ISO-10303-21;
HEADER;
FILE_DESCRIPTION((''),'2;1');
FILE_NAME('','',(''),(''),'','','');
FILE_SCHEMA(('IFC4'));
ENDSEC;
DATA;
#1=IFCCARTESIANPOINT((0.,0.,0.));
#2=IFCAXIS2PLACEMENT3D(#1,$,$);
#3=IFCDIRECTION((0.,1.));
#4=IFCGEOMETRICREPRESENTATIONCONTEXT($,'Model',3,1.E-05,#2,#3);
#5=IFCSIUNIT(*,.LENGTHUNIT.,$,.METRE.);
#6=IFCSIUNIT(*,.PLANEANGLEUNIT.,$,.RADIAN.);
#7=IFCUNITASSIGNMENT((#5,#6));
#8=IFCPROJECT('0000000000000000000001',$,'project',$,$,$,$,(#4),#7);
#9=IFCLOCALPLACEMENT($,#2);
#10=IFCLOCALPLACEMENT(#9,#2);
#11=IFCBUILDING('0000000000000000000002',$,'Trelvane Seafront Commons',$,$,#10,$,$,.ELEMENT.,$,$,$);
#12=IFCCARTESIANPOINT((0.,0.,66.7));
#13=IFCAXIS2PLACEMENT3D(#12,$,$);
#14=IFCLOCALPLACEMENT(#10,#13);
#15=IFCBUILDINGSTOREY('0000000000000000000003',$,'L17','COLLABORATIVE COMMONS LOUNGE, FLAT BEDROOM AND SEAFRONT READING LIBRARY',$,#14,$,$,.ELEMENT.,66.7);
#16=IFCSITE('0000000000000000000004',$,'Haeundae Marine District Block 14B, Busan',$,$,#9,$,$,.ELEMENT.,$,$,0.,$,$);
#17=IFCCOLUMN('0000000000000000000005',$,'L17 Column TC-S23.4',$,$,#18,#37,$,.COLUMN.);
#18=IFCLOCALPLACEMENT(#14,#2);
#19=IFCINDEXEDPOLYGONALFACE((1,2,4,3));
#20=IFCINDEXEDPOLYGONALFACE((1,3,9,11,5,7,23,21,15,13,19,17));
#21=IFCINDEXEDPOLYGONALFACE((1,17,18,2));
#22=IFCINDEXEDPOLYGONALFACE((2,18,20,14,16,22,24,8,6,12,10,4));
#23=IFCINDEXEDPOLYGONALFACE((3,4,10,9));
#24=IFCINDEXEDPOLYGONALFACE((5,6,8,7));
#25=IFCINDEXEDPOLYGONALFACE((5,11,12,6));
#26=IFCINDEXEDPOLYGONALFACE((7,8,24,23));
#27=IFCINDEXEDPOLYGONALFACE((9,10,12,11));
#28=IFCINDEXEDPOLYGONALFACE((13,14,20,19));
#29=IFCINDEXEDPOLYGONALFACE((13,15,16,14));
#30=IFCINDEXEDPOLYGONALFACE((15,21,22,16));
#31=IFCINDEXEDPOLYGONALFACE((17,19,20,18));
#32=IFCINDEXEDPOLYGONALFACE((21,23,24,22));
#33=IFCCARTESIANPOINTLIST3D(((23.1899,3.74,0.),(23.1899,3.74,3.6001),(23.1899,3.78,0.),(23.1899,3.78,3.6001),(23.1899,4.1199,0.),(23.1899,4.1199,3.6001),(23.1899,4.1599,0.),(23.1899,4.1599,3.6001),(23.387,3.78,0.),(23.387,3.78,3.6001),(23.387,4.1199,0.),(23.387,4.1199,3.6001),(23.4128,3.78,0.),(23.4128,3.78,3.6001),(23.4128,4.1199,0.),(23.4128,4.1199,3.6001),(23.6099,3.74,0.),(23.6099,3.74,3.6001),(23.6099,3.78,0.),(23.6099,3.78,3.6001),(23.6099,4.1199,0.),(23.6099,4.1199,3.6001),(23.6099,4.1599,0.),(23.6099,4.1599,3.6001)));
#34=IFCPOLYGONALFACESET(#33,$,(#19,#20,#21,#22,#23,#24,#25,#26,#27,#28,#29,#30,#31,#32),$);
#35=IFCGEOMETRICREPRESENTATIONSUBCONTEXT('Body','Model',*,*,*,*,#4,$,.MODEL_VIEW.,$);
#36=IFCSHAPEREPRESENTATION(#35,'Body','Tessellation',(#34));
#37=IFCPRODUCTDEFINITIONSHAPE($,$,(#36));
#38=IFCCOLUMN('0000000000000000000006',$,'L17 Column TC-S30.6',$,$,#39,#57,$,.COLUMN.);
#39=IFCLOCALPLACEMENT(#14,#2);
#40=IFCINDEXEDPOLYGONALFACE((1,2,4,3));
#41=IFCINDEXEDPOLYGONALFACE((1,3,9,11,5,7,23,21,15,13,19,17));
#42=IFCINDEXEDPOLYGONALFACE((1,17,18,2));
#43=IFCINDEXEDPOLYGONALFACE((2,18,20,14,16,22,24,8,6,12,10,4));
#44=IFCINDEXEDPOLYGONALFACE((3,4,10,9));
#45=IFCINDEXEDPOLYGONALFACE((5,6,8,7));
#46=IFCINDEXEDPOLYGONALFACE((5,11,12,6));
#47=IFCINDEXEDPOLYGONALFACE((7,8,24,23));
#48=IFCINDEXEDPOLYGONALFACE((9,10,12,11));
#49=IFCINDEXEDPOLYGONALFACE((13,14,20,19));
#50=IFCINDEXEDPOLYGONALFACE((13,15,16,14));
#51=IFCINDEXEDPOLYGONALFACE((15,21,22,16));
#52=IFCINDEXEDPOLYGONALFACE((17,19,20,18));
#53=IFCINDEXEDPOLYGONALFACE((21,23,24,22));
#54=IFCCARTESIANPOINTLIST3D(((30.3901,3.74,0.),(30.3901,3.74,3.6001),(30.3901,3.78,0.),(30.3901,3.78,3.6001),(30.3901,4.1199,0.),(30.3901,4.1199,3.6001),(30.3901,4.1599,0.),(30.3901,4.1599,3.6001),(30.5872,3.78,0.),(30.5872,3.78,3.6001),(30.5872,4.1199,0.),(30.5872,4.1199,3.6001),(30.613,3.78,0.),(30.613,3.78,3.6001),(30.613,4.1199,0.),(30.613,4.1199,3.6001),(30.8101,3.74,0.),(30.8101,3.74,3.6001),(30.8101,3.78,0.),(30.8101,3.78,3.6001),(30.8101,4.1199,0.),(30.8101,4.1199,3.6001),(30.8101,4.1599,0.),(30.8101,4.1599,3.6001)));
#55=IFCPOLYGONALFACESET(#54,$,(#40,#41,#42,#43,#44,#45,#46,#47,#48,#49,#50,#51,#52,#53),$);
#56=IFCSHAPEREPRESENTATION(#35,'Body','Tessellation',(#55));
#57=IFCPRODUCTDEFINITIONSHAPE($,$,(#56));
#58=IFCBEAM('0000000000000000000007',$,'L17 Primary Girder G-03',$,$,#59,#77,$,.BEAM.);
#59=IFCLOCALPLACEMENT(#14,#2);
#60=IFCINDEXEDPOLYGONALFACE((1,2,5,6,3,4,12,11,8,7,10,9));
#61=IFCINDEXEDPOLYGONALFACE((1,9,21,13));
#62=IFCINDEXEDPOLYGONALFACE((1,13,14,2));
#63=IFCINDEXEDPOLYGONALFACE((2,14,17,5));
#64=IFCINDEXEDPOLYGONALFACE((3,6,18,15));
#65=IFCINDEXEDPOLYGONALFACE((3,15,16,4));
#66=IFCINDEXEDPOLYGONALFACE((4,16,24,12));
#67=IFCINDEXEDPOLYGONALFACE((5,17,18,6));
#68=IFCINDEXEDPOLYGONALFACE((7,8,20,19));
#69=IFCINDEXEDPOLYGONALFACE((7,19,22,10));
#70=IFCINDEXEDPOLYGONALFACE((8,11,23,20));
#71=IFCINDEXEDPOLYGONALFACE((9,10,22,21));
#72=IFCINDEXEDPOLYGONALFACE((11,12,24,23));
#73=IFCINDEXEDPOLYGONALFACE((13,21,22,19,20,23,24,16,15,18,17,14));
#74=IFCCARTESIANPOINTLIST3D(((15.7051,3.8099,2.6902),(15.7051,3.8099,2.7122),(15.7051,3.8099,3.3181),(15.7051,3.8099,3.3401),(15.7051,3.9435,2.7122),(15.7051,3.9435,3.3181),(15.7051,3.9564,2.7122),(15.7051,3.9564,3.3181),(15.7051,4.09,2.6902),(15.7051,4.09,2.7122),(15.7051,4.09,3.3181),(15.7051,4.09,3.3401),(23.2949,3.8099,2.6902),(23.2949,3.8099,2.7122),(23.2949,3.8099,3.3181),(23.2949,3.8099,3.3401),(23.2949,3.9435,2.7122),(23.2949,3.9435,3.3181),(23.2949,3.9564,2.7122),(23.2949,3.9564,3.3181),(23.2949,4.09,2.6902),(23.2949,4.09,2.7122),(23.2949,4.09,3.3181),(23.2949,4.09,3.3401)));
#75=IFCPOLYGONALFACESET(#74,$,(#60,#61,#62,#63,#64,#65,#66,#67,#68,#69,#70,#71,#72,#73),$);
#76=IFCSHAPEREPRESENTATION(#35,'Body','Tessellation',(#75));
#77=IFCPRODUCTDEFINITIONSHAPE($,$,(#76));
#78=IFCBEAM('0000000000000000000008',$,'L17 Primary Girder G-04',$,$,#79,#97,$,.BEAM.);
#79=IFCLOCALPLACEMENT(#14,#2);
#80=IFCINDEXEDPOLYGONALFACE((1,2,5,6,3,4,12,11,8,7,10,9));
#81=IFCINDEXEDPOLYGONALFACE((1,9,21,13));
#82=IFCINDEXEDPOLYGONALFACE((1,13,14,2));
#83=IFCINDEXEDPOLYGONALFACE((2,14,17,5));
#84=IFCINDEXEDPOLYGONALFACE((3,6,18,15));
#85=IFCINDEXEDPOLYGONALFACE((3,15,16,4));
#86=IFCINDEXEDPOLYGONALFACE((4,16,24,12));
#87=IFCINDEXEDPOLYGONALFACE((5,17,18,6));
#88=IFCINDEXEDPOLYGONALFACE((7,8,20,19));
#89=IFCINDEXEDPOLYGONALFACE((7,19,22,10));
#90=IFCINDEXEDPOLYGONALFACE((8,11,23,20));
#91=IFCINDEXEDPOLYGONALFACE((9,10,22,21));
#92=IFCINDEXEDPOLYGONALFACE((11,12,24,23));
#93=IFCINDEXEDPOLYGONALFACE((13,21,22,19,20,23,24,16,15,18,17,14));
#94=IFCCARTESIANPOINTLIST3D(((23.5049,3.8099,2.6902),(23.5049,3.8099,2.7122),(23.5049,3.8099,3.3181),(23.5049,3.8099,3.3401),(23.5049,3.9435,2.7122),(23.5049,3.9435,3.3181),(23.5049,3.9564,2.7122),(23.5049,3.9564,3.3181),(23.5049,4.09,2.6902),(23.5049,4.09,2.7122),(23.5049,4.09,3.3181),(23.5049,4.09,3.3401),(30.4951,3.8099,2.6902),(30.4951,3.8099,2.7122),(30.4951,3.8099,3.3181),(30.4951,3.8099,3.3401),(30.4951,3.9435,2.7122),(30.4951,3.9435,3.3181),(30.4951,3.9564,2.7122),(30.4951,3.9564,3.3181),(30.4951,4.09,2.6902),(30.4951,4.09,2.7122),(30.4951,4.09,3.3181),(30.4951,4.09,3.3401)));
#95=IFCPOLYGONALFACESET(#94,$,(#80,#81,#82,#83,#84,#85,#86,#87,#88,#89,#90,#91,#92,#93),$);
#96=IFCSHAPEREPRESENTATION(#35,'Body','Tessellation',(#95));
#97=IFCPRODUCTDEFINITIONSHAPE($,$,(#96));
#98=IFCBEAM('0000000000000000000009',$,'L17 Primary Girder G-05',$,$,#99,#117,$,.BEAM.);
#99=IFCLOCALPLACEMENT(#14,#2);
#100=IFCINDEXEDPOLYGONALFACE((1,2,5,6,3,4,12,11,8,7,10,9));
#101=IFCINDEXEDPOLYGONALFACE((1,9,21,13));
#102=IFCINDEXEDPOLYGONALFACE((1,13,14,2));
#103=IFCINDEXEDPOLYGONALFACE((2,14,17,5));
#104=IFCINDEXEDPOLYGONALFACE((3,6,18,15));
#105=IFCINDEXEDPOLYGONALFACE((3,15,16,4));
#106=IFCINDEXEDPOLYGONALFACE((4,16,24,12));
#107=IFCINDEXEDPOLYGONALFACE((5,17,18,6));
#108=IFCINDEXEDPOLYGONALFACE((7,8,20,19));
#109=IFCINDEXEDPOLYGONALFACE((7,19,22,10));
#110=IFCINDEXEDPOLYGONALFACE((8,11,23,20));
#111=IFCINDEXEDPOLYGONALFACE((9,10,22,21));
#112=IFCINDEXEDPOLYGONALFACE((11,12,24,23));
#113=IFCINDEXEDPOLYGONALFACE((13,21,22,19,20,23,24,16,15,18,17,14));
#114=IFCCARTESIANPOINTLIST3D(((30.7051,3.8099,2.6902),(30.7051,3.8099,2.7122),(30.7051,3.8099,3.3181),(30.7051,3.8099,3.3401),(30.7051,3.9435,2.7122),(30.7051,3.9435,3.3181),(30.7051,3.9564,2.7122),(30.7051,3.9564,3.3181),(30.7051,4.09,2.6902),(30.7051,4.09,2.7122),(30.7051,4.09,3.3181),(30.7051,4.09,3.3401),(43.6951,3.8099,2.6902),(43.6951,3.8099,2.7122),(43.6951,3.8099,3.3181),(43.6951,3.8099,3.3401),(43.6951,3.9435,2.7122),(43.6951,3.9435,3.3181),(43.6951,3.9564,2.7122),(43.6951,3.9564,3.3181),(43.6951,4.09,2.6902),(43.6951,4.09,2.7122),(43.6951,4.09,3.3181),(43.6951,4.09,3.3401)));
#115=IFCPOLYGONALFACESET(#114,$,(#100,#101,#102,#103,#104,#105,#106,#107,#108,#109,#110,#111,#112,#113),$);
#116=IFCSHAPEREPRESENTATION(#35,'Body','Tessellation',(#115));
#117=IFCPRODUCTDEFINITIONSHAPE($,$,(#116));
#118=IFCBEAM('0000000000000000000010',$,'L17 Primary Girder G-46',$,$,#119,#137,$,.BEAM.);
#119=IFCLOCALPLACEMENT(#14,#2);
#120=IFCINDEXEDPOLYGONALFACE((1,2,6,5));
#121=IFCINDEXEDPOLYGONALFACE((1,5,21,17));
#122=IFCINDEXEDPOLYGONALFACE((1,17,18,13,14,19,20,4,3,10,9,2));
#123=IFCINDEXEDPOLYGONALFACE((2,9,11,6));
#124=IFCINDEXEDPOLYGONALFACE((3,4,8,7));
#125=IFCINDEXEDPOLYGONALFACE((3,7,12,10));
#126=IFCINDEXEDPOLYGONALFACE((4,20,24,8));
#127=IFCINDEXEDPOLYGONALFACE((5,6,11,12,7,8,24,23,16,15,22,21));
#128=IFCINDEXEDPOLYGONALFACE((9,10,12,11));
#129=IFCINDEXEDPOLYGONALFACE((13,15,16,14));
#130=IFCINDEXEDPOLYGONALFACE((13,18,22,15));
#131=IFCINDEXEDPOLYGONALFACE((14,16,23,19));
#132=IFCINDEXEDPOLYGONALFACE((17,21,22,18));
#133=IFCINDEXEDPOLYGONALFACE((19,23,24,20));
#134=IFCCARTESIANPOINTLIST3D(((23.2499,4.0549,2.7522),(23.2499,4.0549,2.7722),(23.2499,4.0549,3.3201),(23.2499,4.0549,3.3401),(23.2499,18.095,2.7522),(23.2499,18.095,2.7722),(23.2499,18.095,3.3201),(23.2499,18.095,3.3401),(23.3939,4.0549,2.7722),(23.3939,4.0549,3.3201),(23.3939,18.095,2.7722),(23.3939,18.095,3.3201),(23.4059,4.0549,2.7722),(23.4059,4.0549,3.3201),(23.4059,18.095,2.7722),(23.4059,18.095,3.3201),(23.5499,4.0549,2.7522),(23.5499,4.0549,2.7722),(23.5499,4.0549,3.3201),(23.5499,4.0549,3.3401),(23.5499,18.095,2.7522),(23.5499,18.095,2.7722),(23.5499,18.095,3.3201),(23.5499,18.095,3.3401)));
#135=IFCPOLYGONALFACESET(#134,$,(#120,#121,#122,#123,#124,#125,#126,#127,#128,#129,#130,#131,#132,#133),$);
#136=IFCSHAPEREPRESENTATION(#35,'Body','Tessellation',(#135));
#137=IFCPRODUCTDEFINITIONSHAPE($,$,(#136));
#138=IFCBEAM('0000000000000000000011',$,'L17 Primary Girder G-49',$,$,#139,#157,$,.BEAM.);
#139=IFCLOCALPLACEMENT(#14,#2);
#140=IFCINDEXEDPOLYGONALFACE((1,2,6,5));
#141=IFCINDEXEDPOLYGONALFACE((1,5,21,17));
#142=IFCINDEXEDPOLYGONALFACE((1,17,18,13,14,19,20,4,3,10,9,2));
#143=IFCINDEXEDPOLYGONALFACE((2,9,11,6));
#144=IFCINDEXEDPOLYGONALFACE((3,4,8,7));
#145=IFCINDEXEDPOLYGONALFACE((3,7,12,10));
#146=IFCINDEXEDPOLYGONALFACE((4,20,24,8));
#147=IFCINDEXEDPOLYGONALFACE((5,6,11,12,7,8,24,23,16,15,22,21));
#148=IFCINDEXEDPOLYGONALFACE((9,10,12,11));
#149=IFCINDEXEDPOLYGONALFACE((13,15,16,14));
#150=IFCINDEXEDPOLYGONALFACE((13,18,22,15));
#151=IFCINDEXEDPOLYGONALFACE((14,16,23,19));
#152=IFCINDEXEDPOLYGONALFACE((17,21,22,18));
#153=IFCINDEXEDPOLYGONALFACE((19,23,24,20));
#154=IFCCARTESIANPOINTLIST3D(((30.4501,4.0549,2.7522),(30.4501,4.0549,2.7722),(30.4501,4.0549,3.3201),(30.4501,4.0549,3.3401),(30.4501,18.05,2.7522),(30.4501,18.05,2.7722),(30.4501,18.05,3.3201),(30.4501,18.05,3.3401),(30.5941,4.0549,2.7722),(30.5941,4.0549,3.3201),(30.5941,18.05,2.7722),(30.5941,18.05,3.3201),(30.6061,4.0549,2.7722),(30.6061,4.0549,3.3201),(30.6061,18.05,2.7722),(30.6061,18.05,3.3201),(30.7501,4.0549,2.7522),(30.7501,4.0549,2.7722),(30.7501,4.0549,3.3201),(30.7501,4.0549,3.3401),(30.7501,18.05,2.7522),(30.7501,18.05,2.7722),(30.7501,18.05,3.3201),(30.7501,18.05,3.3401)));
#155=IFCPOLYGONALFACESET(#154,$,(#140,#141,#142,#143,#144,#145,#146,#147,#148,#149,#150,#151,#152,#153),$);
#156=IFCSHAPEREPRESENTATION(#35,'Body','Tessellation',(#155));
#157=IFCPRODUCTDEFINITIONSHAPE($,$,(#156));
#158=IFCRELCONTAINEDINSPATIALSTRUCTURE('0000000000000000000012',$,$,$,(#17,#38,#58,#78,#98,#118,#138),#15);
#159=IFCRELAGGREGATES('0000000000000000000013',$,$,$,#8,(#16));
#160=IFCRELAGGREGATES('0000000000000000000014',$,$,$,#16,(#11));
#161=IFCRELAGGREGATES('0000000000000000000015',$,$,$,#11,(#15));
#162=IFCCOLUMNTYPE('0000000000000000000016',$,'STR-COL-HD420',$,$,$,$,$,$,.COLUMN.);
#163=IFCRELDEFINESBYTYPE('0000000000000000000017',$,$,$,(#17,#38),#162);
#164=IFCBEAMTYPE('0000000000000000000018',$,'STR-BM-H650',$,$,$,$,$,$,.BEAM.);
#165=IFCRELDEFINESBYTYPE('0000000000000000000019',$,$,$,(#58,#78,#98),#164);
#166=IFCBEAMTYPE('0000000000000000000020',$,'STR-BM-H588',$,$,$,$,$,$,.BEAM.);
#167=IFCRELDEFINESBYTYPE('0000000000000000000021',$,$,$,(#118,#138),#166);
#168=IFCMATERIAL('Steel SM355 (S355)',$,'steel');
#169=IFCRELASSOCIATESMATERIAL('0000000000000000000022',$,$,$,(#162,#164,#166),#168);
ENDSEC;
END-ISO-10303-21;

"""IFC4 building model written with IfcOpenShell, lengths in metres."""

from ifc_helpers import new_model, si_unit, direction, frame, origin, origin_2d, place, context, subcontext, project, spatial, i_section, extrude, source, transform, mapped, material, material_profile, profile_set, type_object, element, save


model = new_model("IFC4")

# Units and contexts
model_context = context("Model", 3, precision=1e-05, world=origin(), true_north=direction((0.0, 1.0)))
body_context = subcontext(model_context, "Body", "Model", "MODEL_VIEW")
ifc_project = project(units=[si_unit("LENGTHUNIT", "METRE"), si_unit("PLANEANGLEUNIT", "RADIAN")], contexts=[model_context])

# Site, building, storey
site_placement = place(None, origin())
site = spatial("IfcSite", under=ifc_project, at=site_placement, Name="Haeundae Marine District Block 14B, Busan", CompositionType="ELEMENT", RefElevation=0.0)
building_placement = place(site_placement, origin())
building = spatial("IfcBuilding", under=site, at=building_placement, Name="Trelvane Seafront Commons", CompositionType="ELEMENT")
storey_placement = place(building_placement, frame((0.0, 0.0, 66.7)))
storey = spatial("IfcBuildingStorey", under=building, at=storey_placement, Name="L17", Description="COLLABORATIVE COMMONS LOUNGE, FLAT BEDROOM AND SEAFRONT READING LIBRARY", CompositionType="ELEMENT", Elevation=66.7)

# Columns
ifc_material_1 = material(Name="Steel SM355 (S355)", Category="steel")
ifc_material_profile_1 = material_profile(ifc_material_1, i_section(OverallWidth=0.4199, OverallDepth=0.4199, WebThickness=0.0259, FlangeThickness=0.04, at=origin_2d()), Name="HD-420x420x26x40")
ifc_profile_set_1 = profile_set([ifc_material_profile_1], Name="Steel SM355 (S355)")
column_type = type_object("IfcColumnType", Name="STR-COL-HD420", PredefinedType="COLUMN", material=ifc_profile_set_1)
shared_shape_1 = source(origin(), body_context, "Body", "SweptSolid", [
    extrude(i_section(OverallWidth=0.4199, OverallDepth=0.4199, WebThickness=0.0259, FlangeThickness=0.04, at=origin_2d()), origin(), (0.0, 0.0, 1.0), 3.6001),
])
for number, where, z_axis, x_axis, name in (
    (1, (23.3999, 3.95, 0.0), (0.0, 0.0, 1.0), (1.0, 0.0, 0.0), "L17 Column TC-S23.4"),
    (2, (30.6001, 3.95, 0.0), (0.0, 0.0, 1.0), (1.0, 0.0, 0.0), "L17 Column TC-S30.6"),
):
    element("IfcColumn", number, at=place(storey_placement, frame(where, z_axis=z_axis, x_axis=x_axis)), inside=storey, type_object=column_type, Name=name, PredefinedType="COLUMN", context=body_context, shape_type="MappedRepresentation", body=[
        mapped(shared_shape_1, transform((0.0, 0.0, 0.0), x_axis=(1.0, 0.0, 0.0), y_axis=(0.0, 1.0, 0.0), z_axis=(0.0, 0.0, 1.0), scale=1.0)),
    ])

# Beams
ifc_material_profile_2 = material_profile(ifc_material_1, i_section(OverallWidth=0.28, OverallDepth=0.6499, WebThickness=0.0129, FlangeThickness=0.022, at=origin_2d()), Name="H-650x280x13x22")
ifc_profile_set_2 = profile_set([ifc_material_profile_2], Name="Steel SM355 (S355)")
beam_type_1 = type_object("IfcBeamType", Name="STR-BM-H650", PredefinedType="BEAM", material=ifc_profile_set_2)
shared_shape_2 = source(origin(), body_context, "Body", "SweptSolid", [
    extrude(i_section(OverallWidth=0.28, OverallDepth=0.6499, WebThickness=0.0129, FlangeThickness=0.022, at=origin_2d()), origin(), (0.0, 0.0, 1.0), 7.5898),
])
beam_1_placement = place(storey_placement, frame((15.7051, 3.95, 3.0151), z_axis=(1.0, 0.0, 0.0), x_axis=(0.0, 1.0, 0.0)))
element("IfcBeam", 3, at=beam_1_placement, inside=storey, type_object=beam_type_1, Name="L17 Primary Girder G-03", PredefinedType="BEAM", context=body_context, shape_type="MappedRepresentation", body=[
    mapped(shared_shape_2, transform((0.0, 0.0, 0.0), x_axis=(1.0, 0.0, 0.0), y_axis=(0.0, 1.0, 0.0), z_axis=(0.0, 0.0, 1.0), scale=1.0)),
])
shared_shape_3 = source(origin(), body_context, "Body", "SweptSolid", [
    extrude(i_section(OverallWidth=0.28, OverallDepth=0.6499, WebThickness=0.0129, FlangeThickness=0.022, at=origin_2d()), origin(), (0.0, 0.0, 1.0), 6.9902),
])
beam_2_placement = place(storey_placement, frame((23.5049, 3.95, 3.0151), z_axis=(1.0, 0.0, 0.0), x_axis=(0.0, 1.0, 0.0)))
element("IfcBeam", 4, at=beam_2_placement, inside=storey, type_object=beam_type_1, Name="L17 Primary Girder G-04", PredefinedType="BEAM", context=body_context, shape_type="MappedRepresentation", body=[
    mapped(shared_shape_3, transform((0.0, 0.0, 0.0), x_axis=(1.0, 0.0, 0.0), y_axis=(0.0, 1.0, 0.0), z_axis=(0.0, 0.0, 1.0), scale=1.0)),
])
shared_shape_4 = source(origin(), body_context, "Body", "SweptSolid", [
    extrude(i_section(OverallWidth=0.28, OverallDepth=0.6499, WebThickness=0.0129, FlangeThickness=0.022, at=origin_2d()), origin(), (0.0, 0.0, 1.0), 12.99),
])
beam_3_placement = place(storey_placement, frame((30.7051, 3.95, 3.0151), z_axis=(1.0, 0.0, 0.0), x_axis=(0.0, 1.0, 0.0)))
element("IfcBeam", 5, at=beam_3_placement, inside=storey, type_object=beam_type_1, Name="L17 Primary Girder G-05", PredefinedType="BEAM", context=body_context, shape_type="MappedRepresentation", body=[
    mapped(shared_shape_4, transform((0.0, 0.0, 0.0), x_axis=(1.0, 0.0, 0.0), y_axis=(0.0, 1.0, 0.0), z_axis=(0.0, 0.0, 1.0), scale=1.0)),
])
ifc_material_profile_3 = material_profile(ifc_material_1, i_section(OverallWidth=0.3, OverallDepth=0.5879, WebThickness=0.012, FlangeThickness=0.02, at=origin_2d()), Name="H-588x300x12x20")
ifc_profile_set_3 = profile_set([ifc_material_profile_3], Name="Steel SM355 (S355)")
beam_type_2 = type_object("IfcBeamType", Name="STR-BM-H588", PredefinedType="BEAM", material=ifc_profile_set_3)
shared_shape_5 = source(origin(), body_context, "Body", "SweptSolid", [
    extrude(i_section(OverallWidth=0.3, OverallDepth=0.5879, WebThickness=0.012, FlangeThickness=0.02, at=origin_2d()), origin(), (0.0, 0.0, 1.0), 14.04),
])
beam_4_placement = place(storey_placement, frame((23.3999, 4.0549, 3.0461), z_axis=(0.0, 1.0, 0.0), x_axis=(-1.0, 0.0, 0.0)))
element("IfcBeam", 6, at=beam_4_placement, inside=storey, type_object=beam_type_2, Name="L17 Primary Girder G-46", PredefinedType="BEAM", context=body_context, shape_type="MappedRepresentation", body=[
    mapped(shared_shape_5, transform((0.0, 0.0, 0.0), x_axis=(1.0, 0.0, 0.0), y_axis=(0.0, 1.0, 0.0), z_axis=(0.0, 0.0, 1.0), scale=1.0)),
])
shared_shape_6 = source(origin(), body_context, "Body", "SweptSolid", [
    extrude(i_section(OverallWidth=0.3, OverallDepth=0.5879, WebThickness=0.012, FlangeThickness=0.02, at=origin_2d()), origin(), (0.0, 0.0, 1.0), 13.9951),
])
beam_5_placement = place(storey_placement, frame((30.6001, 4.0549, 3.0461), z_axis=(0.0, 1.0, 0.0), x_axis=(-1.0, 0.0, 0.0)))
element("IfcBeam", 7, at=beam_5_placement, inside=storey, type_object=beam_type_2, Name="L17 Primary Girder G-49", PredefinedType="BEAM", context=body_context, shape_type="MappedRepresentation", body=[
    mapped(shared_shape_6, transform((0.0, 0.0, 0.0), x_axis=(1.0, 0.0, 0.0), y_axis=(0.0, 1.0, 0.0), z_axis=(0.0, 0.0, 1.0), scale=1.0)),
])

save(model, "model.ifc")
